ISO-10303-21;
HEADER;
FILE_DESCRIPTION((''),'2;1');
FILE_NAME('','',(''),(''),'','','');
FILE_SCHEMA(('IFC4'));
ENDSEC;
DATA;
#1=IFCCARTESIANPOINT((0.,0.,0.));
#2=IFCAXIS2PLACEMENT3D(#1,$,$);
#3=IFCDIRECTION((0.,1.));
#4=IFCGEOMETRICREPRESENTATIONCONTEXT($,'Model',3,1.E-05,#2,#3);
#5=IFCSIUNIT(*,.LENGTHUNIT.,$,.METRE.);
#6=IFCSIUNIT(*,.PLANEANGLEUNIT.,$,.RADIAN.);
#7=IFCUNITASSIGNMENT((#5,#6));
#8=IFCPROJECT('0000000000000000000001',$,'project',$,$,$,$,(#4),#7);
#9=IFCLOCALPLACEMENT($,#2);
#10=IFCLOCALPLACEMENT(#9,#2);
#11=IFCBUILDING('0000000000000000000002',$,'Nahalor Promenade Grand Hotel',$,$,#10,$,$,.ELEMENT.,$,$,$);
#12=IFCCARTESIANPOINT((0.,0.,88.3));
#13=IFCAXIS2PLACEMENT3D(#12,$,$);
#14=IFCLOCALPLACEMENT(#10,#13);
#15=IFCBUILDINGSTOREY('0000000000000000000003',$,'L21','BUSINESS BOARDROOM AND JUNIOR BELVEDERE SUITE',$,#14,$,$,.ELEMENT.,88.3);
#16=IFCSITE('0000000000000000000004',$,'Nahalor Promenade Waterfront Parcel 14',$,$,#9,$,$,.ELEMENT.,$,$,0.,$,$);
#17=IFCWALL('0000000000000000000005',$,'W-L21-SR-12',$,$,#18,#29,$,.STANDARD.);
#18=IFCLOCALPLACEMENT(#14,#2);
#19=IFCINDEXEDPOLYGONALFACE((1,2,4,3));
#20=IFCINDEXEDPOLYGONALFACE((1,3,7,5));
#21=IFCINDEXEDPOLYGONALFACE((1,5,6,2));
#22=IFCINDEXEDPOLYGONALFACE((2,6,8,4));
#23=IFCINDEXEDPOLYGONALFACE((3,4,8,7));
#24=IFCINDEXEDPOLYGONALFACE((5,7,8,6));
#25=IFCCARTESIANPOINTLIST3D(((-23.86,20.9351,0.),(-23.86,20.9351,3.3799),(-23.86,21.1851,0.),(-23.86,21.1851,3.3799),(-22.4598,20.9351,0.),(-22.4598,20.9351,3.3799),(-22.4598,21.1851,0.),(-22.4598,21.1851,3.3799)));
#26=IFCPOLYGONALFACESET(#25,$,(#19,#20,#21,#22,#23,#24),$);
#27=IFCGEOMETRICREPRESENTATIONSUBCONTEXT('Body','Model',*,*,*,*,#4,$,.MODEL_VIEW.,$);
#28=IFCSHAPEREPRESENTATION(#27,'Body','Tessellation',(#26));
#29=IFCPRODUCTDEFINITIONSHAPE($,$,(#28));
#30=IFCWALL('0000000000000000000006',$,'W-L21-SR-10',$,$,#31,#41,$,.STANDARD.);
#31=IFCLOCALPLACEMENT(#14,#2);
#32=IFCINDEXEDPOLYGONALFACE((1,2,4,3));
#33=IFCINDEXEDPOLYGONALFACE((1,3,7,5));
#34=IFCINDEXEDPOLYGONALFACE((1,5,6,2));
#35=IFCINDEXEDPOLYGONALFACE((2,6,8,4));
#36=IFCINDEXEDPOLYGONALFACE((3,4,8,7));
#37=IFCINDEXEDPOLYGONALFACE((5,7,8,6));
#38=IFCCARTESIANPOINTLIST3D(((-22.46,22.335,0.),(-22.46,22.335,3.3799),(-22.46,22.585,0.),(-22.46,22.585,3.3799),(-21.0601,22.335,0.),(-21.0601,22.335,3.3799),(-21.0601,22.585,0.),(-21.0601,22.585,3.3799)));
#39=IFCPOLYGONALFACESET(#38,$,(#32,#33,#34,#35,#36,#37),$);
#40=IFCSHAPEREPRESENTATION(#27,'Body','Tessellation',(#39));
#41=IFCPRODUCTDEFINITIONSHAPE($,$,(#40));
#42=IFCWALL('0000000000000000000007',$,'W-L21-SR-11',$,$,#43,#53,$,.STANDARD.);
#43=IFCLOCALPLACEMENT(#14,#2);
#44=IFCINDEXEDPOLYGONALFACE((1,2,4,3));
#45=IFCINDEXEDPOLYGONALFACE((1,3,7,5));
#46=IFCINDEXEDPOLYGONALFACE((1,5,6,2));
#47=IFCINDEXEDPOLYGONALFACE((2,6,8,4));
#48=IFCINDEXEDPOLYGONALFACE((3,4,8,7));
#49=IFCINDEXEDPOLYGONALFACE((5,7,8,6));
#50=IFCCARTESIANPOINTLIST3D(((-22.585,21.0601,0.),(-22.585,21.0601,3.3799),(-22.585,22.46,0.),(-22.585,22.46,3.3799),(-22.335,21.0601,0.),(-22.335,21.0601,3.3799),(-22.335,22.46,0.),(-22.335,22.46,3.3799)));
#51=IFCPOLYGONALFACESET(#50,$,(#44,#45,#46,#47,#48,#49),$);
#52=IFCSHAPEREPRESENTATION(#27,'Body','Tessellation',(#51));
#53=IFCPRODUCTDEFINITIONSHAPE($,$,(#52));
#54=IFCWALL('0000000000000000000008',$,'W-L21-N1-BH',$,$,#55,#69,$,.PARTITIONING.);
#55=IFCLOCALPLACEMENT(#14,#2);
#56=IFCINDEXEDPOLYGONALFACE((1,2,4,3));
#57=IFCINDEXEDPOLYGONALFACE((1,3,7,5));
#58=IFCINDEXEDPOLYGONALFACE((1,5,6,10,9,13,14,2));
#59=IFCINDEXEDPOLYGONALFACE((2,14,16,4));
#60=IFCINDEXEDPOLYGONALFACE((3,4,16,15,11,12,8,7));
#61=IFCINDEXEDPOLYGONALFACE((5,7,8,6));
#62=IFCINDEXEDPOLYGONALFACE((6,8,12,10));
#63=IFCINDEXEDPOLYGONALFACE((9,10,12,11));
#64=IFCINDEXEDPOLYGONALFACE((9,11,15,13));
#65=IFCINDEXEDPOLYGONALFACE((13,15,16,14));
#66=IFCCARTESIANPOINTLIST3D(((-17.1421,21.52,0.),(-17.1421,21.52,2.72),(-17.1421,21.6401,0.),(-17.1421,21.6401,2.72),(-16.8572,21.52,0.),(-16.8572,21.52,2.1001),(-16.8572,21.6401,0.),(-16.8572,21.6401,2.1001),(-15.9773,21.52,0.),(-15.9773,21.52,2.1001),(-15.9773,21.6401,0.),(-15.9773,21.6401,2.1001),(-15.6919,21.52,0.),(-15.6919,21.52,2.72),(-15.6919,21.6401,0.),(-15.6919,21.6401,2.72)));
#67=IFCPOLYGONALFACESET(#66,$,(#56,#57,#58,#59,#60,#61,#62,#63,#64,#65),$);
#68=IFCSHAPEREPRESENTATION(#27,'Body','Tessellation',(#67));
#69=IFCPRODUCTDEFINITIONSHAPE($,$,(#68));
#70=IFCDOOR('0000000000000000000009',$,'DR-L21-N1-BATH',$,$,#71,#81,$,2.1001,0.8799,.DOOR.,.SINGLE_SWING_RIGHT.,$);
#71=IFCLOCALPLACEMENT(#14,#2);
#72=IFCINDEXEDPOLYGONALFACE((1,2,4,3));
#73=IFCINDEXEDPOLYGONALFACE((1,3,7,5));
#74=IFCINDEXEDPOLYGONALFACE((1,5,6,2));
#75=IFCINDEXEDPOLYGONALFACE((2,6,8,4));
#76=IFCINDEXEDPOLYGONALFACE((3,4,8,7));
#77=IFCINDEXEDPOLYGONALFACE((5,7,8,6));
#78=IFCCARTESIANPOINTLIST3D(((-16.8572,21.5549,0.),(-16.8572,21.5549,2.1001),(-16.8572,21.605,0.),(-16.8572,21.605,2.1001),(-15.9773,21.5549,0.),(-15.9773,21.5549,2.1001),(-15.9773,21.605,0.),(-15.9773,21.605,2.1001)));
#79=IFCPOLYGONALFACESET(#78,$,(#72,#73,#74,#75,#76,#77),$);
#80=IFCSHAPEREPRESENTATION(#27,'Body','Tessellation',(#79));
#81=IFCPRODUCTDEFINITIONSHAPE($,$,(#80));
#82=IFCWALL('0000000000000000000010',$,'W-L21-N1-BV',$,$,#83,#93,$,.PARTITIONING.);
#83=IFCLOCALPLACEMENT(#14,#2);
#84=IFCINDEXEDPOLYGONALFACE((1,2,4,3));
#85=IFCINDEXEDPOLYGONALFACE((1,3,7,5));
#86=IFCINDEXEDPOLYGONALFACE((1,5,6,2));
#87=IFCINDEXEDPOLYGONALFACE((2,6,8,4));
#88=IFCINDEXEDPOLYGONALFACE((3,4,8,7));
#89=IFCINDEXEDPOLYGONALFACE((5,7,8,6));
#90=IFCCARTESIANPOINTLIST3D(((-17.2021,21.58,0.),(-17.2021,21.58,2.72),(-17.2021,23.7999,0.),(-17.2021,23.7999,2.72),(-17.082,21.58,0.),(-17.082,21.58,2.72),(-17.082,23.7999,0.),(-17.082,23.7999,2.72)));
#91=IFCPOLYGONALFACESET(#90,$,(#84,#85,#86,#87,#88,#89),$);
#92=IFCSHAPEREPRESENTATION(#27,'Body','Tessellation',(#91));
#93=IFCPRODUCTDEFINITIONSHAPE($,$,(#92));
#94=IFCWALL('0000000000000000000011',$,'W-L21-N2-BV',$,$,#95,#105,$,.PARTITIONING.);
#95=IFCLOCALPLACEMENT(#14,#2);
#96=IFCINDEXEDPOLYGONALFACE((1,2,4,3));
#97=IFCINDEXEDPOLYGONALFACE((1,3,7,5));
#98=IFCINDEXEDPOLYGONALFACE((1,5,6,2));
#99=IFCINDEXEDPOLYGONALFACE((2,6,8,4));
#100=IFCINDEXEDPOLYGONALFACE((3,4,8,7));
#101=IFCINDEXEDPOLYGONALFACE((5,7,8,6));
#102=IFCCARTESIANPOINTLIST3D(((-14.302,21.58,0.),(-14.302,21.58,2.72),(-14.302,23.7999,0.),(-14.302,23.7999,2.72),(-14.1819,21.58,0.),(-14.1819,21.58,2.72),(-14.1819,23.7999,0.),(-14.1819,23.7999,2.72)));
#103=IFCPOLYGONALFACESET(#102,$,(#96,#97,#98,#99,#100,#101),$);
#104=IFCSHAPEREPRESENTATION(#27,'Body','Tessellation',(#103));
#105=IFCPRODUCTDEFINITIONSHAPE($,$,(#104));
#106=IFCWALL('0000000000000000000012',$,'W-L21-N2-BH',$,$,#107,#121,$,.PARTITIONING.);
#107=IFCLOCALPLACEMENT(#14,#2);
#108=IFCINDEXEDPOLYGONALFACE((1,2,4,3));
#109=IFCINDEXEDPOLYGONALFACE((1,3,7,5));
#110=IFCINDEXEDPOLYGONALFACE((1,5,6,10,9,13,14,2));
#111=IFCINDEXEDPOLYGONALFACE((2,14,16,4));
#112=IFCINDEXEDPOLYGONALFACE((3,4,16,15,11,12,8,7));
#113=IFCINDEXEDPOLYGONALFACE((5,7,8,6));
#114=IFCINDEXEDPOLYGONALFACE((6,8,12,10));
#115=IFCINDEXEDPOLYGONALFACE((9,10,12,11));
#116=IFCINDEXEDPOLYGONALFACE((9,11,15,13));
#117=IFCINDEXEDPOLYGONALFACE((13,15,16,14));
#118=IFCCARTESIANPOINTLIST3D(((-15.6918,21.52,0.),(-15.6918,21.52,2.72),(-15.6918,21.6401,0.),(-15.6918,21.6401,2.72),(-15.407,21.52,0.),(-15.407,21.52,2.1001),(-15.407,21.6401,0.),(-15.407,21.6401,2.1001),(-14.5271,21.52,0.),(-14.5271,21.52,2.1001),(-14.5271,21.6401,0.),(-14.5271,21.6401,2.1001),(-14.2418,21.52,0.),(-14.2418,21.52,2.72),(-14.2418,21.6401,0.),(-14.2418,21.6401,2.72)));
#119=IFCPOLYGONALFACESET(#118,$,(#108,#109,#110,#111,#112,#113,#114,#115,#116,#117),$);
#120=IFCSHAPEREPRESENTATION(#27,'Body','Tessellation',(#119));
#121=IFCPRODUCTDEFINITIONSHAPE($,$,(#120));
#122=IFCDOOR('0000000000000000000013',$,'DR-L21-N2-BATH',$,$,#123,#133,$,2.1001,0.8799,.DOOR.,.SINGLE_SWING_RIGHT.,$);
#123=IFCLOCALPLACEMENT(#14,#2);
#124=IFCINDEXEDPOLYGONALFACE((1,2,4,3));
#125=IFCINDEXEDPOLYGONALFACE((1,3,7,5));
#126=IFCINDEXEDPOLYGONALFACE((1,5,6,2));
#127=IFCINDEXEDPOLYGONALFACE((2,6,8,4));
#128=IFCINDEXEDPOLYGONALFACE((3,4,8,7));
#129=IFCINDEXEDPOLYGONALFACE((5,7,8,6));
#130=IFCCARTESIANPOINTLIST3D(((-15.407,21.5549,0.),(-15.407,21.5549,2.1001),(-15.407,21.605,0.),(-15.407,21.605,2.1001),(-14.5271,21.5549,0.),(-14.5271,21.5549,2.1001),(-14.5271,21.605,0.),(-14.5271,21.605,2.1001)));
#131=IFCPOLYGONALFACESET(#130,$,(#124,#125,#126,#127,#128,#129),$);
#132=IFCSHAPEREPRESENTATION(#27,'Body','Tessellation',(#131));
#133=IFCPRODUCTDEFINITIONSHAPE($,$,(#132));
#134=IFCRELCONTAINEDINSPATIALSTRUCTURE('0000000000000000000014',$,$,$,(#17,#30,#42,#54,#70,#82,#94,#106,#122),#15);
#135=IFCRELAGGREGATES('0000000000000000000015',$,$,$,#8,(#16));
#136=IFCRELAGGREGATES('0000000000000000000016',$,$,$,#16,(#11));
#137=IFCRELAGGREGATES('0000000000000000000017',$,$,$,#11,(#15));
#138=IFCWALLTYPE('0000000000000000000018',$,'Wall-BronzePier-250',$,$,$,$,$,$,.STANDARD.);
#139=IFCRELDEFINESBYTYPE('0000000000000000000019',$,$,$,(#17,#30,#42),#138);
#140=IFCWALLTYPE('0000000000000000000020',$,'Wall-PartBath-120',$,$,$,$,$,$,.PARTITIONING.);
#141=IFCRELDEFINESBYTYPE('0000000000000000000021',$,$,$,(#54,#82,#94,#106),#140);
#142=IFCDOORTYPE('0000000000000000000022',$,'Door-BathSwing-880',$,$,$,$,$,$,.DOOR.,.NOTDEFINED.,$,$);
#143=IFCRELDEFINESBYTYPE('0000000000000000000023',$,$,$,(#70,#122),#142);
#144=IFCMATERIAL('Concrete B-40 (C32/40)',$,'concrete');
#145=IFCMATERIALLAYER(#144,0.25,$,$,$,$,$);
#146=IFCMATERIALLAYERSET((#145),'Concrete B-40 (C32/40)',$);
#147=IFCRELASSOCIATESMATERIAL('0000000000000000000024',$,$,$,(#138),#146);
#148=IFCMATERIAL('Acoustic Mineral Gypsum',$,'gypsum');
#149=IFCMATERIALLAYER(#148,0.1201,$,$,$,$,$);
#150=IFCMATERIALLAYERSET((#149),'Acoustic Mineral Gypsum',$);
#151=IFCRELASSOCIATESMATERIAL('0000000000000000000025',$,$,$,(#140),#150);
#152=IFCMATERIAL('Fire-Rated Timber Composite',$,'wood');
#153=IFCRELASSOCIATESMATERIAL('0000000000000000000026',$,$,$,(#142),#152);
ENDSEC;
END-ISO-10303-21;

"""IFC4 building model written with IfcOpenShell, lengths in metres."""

from ifc_helpers import new_model, si_unit, direction, frame, frame_2d, origin, place, context, subcontext, project, spatial, rectangle, extrude, source, transform, mapped, material, layer, layer_set, type_object, element, fill, save


model = new_model("IFC4")

# Units and contexts
model_context = context("Model", 3, precision=1e-05, world=origin(), true_north=direction((0.0, 1.0)))
body_context = subcontext(model_context, "Body", "Model", "MODEL_VIEW")
ifc_project = project(units=[si_unit("LENGTHUNIT", "METRE"), si_unit("PLANEANGLEUNIT", "RADIAN")], contexts=[model_context])

# Site, building, storey
site_placement = place(None, origin())
site = spatial("IfcSite", under=ifc_project, at=site_placement, Name="Nahalor Promenade Waterfront Parcel 14", CompositionType="ELEMENT", RefElevation=0.0)
building_placement = place(site_placement, origin())
building = spatial("IfcBuilding", under=site, at=building_placement, Name="Nahalor Promenade Grand Hotel", CompositionType="ELEMENT")
storey_placement = place(building_placement, frame((0.0, 0.0, 88.3)))
storey = spatial("IfcBuildingStorey", under=building, at=storey_placement, Name="L21", Description="BUSINESS BOARDROOM AND JUNIOR BELVEDERE SUITE", CompositionType="ELEMENT", Elevation=88.3)

# Walls
ifc_material_1 = material(Name="Concrete B-40 (C32/40)", Category="concrete")
ifc_layer_1 = layer(ifc_material_1, 0.25)
ifc_layer_set_1 = layer_set([ifc_layer_1], Name="Concrete B-40 (C32/40)")
wall_type_1 = type_object("IfcWallType", Name="Wall-BronzePier-250", PredefinedType="STANDARD", material=ifc_layer_set_1)
shared_shape_1 = source(origin(), body_context, "Body", "SweptSolid", [
    extrude(rectangle(XDim=1.4001, YDim=0.25, at=frame_2d((0.7002, 0.0))), origin(), (0.0, 0.0, 1.0), 3.3799),
])
for number, where, z_axis, x_axis, name in (
    (1, (-23.8601, 21.0601, 0.0), (0.0, 0.0, 1.0), (1.0, 0.0, 0.0), "W-L21-SR-12"),
):
    element("IfcWall", number, at=place(storey_placement, frame(where, z_axis=z_axis, x_axis=x_axis)), inside=storey, type_object=wall_type_1, Name=name, PredefinedType="STANDARD", context=body_context, shape_type="MappedRepresentation", body=[
        mapped(shared_shape_1, transform((0.0, 0.0, 0.0), scale=1.0)),
    ])
shared_shape_2 = source(origin(), body_context, "Body", "SweptSolid", [
    extrude(rectangle(XDim=1.3999, YDim=0.25, at=frame_2d((0.7, 0.0))), origin(), (0.0, 0.0, 1.0), 3.3799),
])
for number, where, z_axis, x_axis, name in (
    (2, (-22.46, 22.46, 0.0), (0.0, 0.0, 1.0), (1.0, 0.0, 0.0), "W-L21-SR-10"),
    (3, (-22.46, 21.0601, 0.0), (0.0, 0.0, 1.0), (0.0, 1.0, 0.0), "W-L21-SR-11"),
):
    element("IfcWall", number, at=place(storey_placement, frame(where, z_axis=z_axis, x_axis=x_axis)), inside=storey, type_object=wall_type_1, Name=name, PredefinedType="STANDARD", context=body_context, shape_type="MappedRepresentation", body=[
        mapped(shared_shape_2, transform((0.0, 0.0, 0.0), scale=1.0)),
    ])

# Wall, opening, door
ifc_material_2 = material(Name="Acoustic Mineral Gypsum", Category="gypsum")
ifc_layer_2 = layer(ifc_material_2, 0.1201)
ifc_layer_set_2 = layer_set([ifc_layer_2], Name="Acoustic Mineral Gypsum")
wall_type_2 = type_object("IfcWallType", Name="Wall-PartBath-120", PredefinedType="PARTITIONING", material=ifc_layer_set_2)
shared_shape_3 = source(origin(), body_context, "Body", "SweptSolid", [
    extrude(rectangle(XDim=1.4502, YDim=0.1201, at=frame_2d((0.7251, 0.0))), origin(), (0.0, 0.0, 1.0), 2.72),
])
wall_1_placement = place(storey_placement, frame((-17.1421, 21.5801, 0.0), z_axis=(0.0, 0.0, 1.0), x_axis=(1.0, 0.0, 0.0)))
wall_1 = element("IfcWall", 4, at=wall_1_placement, inside=storey, type_object=wall_type_2, Name="W-L21-N1-BH", PredefinedType="PARTITIONING", context=body_context, shape_type="MappedRepresentation", body=[
    mapped(shared_shape_3, transform((0.0, 0.0, 0.0), scale=1.0)),
])
opening_1_placement = place(wall_1_placement, frame((0.2849, 0.0, 0.0)))
opening_1 = element("IfcOpeningElement", 5, at=opening_1_placement, cuts=wall_1, PredefinedType="OPENING", context=body_context, shape_type="SweptSolid", body=[
    extrude(rectangle(XDim=0.8799, YDim=2.1001, at=frame_2d((0.4399, 1.05))), frame((0.0, 0.0701, 0.0), z_axis=(0.0, -1.0, 0.0), x_axis=(1.0, 0.0, 0.0)), (0.0, 0.0, 1.0), 0.1401),
])
ifc_material_3 = material(Name="Fire-Rated Timber Composite", Category="wood")
door_type = type_object("IfcDoorType", Name="Door-BathSwing-880", OperationType="NOTDEFINED", PredefinedType="DOOR", material=ifc_material_3)
shared_shape_4 = source(origin(), body_context, "Body", "SweptSolid", [
    extrude(rectangle(XDim=0.8799, YDim=2.1001, at=frame_2d((0.4399, 1.05))), frame((0.0, 0.0249, 0.0), z_axis=(0.0, -1.0, 0.0), x_axis=(1.0, 0.0, 0.0)), (0.0, 0.0, 1.0), 0.05),
])
door_1_placement = place(opening_1_placement, origin())
door_1 = element("IfcDoor", 6, at=door_1_placement, inside=storey, type_object=door_type, Name="DR-L21-N1-BATH", OperationType="SINGLE_SWING_RIGHT", OverallHeight=2.1001, OverallWidth=0.8799, PredefinedType="DOOR", context=body_context, shape_type="MappedRepresentation", body=[
    mapped(shared_shape_4, transform((0.0, 0.0, 0.0), scale=1.0)),
])
fill(opening_1, door_1)

# Walls
shared_shape_5 = source(origin(), body_context, "Body", "SweptSolid", [
    extrude(rectangle(XDim=2.22, YDim=0.1201, at=frame_2d((1.1099, 0.0))), origin(), (0.0, 0.0, 1.0), 2.72),
])
for number, where, z_axis, x_axis, name in (
    (7, (-17.1421, 21.5801, 0.0), (0.0, 0.0, 1.0), (0.0, 1.0, 0.0), "W-L21-N1-BV"),
    (8, (-14.2419, 21.5801, 0.0), (0.0, 0.0, 1.0), (0.0, 1.0, 0.0), "W-L21-N2-BV"),
):
    element("IfcWall", number, at=place(storey_placement, frame(where, z_axis=z_axis, x_axis=x_axis)), inside=storey, type_object=wall_type_2, Name=name, PredefinedType="PARTITIONING", context=body_context, shape_type="MappedRepresentation", body=[
        mapped(shared_shape_5, transform((0.0, 0.0, 0.0), scale=1.0)),
    ])

# Wall, opening, door
shared_shape_6 = source(origin(), body_context, "Body", "SweptSolid", [
    extrude(rectangle(XDim=1.45, YDim=0.1201, at=frame_2d((0.7251, 0.0))), origin(), (0.0, 0.0, 1.0), 2.72),
])
wall_2_placement = place(storey_placement, frame((-15.6919, 21.5801, 0.0), z_axis=(0.0, 0.0, 1.0), x_axis=(1.0, 0.0, 0.0)))
wall_2 = element("IfcWall", 9, at=wall_2_placement, inside=storey, type_object=wall_type_2, Name="W-L21-N2-BH", PredefinedType="PARTITIONING", context=body_context, shape_type="MappedRepresentation", body=[
    mapped(shared_shape_6, transform((0.0, 0.0, 0.0), scale=1.0)),
])
opening_2_placement = place(wall_2_placement, frame((0.2849, 0.0, 0.0)))
opening_2 = element("IfcOpeningElement", 10, at=opening_2_placement, cuts=wall_2, PredefinedType="OPENING", context=body_context, shape_type="SweptSolid", body=[
    extrude(rectangle(XDim=0.8799, YDim=2.1001, at=frame_2d((0.4399, 1.05))), frame((0.0, 0.0701, 0.0), z_axis=(0.0, -1.0, 0.0), x_axis=(1.0, 0.0, 0.0)), (0.0, 0.0, 1.0), 0.1401),
])
door_2_placement = place(opening_2_placement, origin())
door_2 = element("IfcDoor", 11, at=door_2_placement, inside=storey, type_object=door_type, Name="DR-L21-N2-BATH", OperationType="SINGLE_SWING_RIGHT", OverallHeight=2.1001, OverallWidth=0.8799, PredefinedType="DOOR", context=body_context, shape_type="MappedRepresentation", body=[
    mapped(shared_shape_4, transform((0.0, 0.0, 0.0), scale=1.0)),
])
fill(opening_2, door_2)

save(model, "model.ifc")
